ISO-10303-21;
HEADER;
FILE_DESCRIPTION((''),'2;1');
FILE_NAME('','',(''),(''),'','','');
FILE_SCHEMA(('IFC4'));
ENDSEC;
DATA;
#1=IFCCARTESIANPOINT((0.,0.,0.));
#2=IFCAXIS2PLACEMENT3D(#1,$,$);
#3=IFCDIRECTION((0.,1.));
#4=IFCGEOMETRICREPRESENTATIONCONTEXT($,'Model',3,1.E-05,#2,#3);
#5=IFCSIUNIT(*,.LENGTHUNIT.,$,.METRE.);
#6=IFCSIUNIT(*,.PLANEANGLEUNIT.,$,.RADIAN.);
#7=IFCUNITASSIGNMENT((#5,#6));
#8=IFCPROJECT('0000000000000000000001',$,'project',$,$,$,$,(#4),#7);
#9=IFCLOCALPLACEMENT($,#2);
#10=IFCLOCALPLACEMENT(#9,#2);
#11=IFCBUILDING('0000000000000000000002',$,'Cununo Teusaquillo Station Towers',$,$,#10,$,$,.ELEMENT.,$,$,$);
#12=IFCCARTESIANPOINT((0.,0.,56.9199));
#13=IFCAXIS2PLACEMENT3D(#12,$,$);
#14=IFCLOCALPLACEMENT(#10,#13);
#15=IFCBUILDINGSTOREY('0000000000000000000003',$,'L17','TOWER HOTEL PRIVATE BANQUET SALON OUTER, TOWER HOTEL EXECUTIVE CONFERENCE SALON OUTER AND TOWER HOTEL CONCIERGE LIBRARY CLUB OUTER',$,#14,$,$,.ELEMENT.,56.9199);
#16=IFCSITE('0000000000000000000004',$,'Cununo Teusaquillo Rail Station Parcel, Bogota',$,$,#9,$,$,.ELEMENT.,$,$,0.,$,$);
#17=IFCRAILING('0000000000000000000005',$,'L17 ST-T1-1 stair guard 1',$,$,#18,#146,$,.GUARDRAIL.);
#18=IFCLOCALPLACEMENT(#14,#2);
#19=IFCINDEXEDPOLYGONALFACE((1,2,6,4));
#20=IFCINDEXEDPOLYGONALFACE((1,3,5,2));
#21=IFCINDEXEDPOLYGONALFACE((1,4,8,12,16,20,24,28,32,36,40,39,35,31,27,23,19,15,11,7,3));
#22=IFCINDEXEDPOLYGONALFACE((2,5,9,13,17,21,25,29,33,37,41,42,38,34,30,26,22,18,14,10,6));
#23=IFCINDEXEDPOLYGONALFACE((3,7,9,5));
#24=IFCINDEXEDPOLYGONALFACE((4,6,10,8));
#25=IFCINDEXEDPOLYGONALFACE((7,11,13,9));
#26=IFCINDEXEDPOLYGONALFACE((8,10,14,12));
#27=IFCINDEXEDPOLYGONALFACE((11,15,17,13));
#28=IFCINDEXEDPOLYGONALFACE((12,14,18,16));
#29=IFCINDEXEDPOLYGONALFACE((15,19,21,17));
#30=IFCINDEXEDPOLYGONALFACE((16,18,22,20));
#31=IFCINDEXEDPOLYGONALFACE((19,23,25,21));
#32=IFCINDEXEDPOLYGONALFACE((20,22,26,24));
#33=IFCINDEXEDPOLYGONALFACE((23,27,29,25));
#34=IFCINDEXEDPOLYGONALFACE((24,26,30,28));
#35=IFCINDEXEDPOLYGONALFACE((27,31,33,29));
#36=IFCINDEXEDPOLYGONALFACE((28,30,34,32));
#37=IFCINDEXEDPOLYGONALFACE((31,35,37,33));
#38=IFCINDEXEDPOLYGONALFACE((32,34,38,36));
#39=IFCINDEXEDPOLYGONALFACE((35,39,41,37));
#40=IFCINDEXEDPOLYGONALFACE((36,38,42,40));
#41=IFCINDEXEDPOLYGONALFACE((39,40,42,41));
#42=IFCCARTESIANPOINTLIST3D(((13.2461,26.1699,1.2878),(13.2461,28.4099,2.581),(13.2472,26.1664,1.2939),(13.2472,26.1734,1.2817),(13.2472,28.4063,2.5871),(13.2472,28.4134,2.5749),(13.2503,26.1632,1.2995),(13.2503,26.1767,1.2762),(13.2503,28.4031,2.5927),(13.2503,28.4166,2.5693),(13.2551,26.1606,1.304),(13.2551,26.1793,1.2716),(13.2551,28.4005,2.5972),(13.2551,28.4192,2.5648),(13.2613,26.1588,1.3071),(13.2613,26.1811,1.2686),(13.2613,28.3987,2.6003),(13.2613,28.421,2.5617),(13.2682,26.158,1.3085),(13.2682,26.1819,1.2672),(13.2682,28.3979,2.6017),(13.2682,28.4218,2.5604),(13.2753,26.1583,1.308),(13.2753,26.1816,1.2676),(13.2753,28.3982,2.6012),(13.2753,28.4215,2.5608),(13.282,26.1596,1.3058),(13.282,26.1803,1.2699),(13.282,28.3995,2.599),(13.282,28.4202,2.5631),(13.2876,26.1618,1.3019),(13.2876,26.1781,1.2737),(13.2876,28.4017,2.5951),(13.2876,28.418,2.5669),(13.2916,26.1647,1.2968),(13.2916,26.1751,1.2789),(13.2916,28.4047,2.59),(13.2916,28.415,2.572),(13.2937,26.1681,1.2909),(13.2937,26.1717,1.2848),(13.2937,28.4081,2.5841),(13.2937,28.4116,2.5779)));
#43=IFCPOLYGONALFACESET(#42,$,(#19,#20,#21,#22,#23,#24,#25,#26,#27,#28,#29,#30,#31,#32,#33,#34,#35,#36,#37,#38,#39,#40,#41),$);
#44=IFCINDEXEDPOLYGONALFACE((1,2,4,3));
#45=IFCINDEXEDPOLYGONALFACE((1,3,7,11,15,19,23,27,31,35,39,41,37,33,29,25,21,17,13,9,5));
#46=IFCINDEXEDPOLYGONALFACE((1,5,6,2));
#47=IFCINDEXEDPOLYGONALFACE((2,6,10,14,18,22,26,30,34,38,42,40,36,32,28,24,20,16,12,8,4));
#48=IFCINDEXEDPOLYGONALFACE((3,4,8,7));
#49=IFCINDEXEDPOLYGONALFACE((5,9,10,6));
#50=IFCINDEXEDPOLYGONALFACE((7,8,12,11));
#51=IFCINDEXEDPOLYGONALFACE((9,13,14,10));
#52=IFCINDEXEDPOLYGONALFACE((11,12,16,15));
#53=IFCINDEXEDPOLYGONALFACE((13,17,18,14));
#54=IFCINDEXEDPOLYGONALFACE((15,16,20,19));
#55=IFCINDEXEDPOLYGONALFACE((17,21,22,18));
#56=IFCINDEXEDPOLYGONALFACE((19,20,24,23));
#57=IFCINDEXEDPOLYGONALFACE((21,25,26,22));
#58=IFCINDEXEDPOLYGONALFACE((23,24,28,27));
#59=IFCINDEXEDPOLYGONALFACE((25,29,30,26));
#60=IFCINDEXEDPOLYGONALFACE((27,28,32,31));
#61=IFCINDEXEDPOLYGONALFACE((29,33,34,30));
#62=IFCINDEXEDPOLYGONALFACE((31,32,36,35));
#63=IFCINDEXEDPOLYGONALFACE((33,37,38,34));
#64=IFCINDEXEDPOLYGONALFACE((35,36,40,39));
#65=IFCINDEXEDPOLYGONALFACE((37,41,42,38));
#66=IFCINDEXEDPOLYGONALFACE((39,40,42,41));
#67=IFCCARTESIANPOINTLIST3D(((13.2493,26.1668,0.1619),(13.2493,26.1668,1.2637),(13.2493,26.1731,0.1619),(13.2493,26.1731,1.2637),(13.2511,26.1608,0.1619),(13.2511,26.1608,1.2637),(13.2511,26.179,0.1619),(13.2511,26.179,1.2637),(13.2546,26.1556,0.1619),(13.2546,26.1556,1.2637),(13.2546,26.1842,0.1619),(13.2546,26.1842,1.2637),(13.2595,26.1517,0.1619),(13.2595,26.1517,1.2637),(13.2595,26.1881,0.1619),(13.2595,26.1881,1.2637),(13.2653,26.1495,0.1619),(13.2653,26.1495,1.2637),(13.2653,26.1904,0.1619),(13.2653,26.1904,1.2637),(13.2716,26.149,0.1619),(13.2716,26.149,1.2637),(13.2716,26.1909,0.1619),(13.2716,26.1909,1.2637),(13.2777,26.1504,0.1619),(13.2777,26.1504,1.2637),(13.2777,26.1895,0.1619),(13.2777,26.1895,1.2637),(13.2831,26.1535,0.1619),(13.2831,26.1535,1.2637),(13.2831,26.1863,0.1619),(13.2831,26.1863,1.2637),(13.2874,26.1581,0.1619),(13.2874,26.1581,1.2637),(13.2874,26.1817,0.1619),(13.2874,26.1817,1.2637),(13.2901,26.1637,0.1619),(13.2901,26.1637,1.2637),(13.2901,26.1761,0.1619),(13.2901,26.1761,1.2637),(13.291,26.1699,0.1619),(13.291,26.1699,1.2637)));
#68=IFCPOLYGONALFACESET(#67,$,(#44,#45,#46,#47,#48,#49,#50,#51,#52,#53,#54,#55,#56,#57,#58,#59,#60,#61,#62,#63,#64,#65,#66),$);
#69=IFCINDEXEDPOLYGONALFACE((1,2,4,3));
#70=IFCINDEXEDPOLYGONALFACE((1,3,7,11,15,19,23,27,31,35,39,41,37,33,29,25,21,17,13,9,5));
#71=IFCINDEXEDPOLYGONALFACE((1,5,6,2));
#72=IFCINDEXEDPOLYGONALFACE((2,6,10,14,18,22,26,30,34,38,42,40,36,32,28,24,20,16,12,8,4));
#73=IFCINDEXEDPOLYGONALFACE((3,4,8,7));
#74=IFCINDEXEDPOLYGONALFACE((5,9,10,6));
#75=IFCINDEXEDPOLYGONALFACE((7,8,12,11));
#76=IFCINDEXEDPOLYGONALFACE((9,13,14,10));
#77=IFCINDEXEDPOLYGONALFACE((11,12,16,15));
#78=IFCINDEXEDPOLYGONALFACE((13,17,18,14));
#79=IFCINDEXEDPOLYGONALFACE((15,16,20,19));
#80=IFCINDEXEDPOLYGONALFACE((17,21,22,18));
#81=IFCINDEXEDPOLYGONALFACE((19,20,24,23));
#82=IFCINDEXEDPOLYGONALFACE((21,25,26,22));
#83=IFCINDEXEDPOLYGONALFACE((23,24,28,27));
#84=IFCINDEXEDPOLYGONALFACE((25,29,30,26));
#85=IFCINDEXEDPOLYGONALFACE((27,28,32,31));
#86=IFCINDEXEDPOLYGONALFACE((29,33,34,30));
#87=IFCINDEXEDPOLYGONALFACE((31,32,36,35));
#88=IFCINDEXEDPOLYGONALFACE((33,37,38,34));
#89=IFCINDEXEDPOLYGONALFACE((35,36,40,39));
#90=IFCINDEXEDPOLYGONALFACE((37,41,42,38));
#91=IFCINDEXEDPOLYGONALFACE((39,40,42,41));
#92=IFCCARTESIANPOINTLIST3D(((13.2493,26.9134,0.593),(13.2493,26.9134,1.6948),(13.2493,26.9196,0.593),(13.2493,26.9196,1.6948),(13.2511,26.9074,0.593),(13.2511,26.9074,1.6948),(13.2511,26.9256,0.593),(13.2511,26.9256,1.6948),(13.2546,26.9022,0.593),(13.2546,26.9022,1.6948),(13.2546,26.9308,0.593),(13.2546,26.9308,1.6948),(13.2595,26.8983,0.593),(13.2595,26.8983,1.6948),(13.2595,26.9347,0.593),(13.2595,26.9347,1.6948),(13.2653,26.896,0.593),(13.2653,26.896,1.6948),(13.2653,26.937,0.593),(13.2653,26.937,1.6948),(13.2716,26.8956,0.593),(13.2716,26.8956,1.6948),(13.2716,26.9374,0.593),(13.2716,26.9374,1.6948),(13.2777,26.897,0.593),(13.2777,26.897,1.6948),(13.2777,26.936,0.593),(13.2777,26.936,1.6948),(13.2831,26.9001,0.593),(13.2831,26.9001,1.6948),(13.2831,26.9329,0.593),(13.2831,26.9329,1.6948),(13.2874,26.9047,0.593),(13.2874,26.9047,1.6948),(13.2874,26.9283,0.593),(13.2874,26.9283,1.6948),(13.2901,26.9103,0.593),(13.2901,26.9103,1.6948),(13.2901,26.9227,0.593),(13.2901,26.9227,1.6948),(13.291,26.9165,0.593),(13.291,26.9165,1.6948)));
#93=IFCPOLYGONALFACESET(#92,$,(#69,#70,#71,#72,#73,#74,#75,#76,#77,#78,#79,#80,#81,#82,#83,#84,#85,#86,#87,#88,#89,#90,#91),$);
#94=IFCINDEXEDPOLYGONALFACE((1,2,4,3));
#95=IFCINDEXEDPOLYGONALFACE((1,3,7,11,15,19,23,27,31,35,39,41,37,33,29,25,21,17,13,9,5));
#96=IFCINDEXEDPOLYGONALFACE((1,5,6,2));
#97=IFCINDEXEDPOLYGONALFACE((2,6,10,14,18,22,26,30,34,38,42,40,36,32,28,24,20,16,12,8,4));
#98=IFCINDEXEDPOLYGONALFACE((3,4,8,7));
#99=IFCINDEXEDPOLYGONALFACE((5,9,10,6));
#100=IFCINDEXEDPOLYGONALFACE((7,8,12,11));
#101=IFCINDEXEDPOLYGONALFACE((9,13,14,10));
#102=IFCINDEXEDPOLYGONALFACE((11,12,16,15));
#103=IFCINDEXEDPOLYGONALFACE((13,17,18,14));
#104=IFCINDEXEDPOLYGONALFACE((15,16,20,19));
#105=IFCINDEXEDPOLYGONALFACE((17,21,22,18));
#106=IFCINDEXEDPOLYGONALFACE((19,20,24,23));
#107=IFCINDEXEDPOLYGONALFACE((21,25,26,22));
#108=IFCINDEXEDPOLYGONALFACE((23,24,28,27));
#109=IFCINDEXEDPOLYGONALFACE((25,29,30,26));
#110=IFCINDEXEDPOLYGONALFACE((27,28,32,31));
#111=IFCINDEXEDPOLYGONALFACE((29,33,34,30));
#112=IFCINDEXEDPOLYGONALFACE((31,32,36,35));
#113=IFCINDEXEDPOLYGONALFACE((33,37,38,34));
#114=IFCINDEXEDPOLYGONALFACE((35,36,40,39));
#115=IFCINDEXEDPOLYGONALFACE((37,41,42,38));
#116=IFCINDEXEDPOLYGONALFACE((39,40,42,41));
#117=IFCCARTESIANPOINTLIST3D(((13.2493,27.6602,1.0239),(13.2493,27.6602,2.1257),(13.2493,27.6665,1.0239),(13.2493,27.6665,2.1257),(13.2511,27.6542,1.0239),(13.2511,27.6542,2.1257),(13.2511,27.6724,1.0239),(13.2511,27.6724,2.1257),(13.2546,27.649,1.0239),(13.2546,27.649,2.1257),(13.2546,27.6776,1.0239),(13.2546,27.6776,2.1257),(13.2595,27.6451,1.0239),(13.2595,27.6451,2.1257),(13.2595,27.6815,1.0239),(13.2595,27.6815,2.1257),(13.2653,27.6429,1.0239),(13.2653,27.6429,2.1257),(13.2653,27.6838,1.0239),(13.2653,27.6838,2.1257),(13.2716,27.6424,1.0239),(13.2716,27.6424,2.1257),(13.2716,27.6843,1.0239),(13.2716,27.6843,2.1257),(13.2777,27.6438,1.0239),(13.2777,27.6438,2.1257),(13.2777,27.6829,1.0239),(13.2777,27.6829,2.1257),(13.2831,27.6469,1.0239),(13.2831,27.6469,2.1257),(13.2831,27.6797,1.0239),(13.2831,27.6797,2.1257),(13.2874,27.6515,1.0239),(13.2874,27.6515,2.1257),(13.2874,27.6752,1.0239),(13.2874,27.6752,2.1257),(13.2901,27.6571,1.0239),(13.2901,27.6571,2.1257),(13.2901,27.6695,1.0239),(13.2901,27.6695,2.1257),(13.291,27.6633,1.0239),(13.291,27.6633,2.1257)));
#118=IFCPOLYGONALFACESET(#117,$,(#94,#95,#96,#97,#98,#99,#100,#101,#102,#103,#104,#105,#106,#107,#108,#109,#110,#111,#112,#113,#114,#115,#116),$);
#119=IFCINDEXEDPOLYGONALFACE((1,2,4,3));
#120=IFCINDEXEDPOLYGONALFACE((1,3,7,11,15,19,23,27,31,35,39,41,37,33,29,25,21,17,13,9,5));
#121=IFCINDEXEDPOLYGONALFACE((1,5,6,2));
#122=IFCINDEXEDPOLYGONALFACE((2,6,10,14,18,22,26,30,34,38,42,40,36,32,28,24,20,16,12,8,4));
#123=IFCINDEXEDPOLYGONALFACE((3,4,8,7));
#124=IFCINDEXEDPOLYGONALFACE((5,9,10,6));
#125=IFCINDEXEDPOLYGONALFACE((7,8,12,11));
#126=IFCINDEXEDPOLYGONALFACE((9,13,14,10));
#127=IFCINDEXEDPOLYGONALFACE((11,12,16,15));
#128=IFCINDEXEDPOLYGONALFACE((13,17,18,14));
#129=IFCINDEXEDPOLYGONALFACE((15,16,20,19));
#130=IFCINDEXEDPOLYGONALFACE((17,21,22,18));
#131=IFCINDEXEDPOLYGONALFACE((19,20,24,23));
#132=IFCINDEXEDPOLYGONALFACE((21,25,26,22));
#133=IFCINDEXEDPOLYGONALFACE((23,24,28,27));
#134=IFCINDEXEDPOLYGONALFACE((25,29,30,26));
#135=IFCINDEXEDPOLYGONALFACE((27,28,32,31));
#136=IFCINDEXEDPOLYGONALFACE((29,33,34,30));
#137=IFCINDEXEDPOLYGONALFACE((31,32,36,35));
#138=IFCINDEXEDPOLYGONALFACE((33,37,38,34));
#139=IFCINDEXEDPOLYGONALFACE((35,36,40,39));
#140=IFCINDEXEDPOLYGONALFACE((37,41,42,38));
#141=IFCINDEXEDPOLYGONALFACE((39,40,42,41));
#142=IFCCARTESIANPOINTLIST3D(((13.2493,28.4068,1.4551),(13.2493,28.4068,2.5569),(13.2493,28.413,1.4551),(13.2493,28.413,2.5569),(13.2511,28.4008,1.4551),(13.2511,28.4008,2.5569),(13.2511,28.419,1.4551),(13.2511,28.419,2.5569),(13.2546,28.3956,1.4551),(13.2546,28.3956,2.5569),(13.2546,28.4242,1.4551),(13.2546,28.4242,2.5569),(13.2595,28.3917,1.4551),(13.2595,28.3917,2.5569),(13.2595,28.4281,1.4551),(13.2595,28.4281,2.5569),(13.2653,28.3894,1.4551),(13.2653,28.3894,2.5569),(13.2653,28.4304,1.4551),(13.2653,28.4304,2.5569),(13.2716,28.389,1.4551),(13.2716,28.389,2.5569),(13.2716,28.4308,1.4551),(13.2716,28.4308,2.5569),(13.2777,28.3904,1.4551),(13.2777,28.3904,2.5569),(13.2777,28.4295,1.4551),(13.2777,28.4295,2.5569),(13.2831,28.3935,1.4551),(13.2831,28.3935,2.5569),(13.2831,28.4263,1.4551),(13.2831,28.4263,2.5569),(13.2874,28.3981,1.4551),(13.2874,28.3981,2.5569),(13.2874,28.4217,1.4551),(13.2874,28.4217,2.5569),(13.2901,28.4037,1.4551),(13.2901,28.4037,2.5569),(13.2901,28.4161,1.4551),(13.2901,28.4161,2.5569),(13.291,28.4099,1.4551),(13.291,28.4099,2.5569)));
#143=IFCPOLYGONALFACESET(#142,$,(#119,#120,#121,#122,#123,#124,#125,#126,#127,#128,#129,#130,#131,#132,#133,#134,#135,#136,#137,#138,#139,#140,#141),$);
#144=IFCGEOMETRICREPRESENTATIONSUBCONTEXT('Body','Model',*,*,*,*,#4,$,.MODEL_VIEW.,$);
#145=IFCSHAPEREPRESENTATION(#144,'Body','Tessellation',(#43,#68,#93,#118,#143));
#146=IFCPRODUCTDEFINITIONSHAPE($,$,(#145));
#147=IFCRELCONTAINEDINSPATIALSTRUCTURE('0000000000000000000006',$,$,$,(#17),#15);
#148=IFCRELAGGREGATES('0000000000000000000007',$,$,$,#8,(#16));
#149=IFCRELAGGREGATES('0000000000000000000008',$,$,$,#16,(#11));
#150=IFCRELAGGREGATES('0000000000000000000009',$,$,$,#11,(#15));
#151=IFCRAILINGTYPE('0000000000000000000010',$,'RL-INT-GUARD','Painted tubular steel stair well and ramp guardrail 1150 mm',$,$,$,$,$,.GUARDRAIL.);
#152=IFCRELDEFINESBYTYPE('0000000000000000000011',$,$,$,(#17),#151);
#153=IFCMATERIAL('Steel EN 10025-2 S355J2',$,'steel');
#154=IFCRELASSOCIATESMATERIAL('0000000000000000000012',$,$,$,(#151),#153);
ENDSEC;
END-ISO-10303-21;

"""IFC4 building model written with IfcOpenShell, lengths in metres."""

from ifc_helpers import new_model, si_unit, direction, frame, origin, origin_2d, place, context, subcontext, project, spatial, circle, extrude, material, type_object, element, save


model = new_model("IFC4")

# Units and contexts
model_context = context("Model", 3, precision=1e-05, world=origin(), true_north=direction((0.0, 1.0)))
body_context = subcontext(model_context, "Body", "Model", "MODEL_VIEW")
ifc_project = project(units=[si_unit("LENGTHUNIT", "METRE"), si_unit("PLANEANGLEUNIT", "RADIAN")], contexts=[model_context])

# Site, building, storey
site_placement = place(None, origin())
site = spatial("IfcSite", under=ifc_project, at=site_placement, Name="Cununo Teusaquillo Rail Station Parcel, Bogota", CompositionType="ELEMENT", RefElevation=0.0)
building_placement = place(site_placement, origin())
building = spatial("IfcBuilding", under=site, at=building_placement, Name="Cununo Teusaquillo Station Towers", CompositionType="ELEMENT")
storey_placement = place(building_placement, frame((0.0, 0.0, 56.9199)))
storey = spatial("IfcBuildingStorey", under=building, at=storey_placement, Name="L17", Description="TOWER HOTEL PRIVATE BANQUET SALON OUTER, TOWER HOTEL EXECUTIVE CONFERENCE SALON OUTER AND TOWER HOTEL CONCIERGE LIBRARY CLUB OUTER", CompositionType="ELEMENT", Elevation=56.9199)

# Railing
ifc_material_1 = material(Name="Steel EN 10025-2 S355J2", Category="steel")
railing_type_1 = type_object("IfcRailingType", Name="RL-INT-GUARD", Description="Painted tubular steel stair well and ramp guardrail 1150 mm", PredefinedType="GUARDRAIL", material=ifc_material_1)
railing_1_placement = place(storey_placement, frame((13.27, 26.1699, 0.1619)))
element("IfcRailing", 1, at=railing_1_placement, inside=storey, type_object=railing_type_1, Name="L17 ST-T1-1 stair guard 1", PredefinedType="GUARDRAIL", context=body_context, shape_type="SweptSolid", body=[
    extrude(circle(Radius=0.0239, at=origin_2d()), frame((0.0, 0.0, 1.126), z_axis=(0.0, 0.866033, 0.499987), x_axis=(-1.0, 0.0, 0.0)), (0.0, 0.0, 1.0), 2.5864),
    extrude(circle(Radius=0.021, at=origin_2d()), origin(), (0.0, 0.0, 1.0), 1.1018),
    extrude(circle(Radius=0.021, at=origin_2d()), frame((0.0, 0.7466, 0.4312)), (0.0, 0.0, 1.0), 1.1018),
    extrude(circle(Radius=0.021, at=origin_2d()), frame((0.0, 1.4934, 0.8621)), (0.0, 0.0, 1.0), 1.1018),
    extrude(circle(Radius=0.021, at=origin_2d()), frame((0.0, 2.24, 1.2932)), (0.0, 0.0, 1.0), 1.1018),
])

save(model, "model.ifc")
